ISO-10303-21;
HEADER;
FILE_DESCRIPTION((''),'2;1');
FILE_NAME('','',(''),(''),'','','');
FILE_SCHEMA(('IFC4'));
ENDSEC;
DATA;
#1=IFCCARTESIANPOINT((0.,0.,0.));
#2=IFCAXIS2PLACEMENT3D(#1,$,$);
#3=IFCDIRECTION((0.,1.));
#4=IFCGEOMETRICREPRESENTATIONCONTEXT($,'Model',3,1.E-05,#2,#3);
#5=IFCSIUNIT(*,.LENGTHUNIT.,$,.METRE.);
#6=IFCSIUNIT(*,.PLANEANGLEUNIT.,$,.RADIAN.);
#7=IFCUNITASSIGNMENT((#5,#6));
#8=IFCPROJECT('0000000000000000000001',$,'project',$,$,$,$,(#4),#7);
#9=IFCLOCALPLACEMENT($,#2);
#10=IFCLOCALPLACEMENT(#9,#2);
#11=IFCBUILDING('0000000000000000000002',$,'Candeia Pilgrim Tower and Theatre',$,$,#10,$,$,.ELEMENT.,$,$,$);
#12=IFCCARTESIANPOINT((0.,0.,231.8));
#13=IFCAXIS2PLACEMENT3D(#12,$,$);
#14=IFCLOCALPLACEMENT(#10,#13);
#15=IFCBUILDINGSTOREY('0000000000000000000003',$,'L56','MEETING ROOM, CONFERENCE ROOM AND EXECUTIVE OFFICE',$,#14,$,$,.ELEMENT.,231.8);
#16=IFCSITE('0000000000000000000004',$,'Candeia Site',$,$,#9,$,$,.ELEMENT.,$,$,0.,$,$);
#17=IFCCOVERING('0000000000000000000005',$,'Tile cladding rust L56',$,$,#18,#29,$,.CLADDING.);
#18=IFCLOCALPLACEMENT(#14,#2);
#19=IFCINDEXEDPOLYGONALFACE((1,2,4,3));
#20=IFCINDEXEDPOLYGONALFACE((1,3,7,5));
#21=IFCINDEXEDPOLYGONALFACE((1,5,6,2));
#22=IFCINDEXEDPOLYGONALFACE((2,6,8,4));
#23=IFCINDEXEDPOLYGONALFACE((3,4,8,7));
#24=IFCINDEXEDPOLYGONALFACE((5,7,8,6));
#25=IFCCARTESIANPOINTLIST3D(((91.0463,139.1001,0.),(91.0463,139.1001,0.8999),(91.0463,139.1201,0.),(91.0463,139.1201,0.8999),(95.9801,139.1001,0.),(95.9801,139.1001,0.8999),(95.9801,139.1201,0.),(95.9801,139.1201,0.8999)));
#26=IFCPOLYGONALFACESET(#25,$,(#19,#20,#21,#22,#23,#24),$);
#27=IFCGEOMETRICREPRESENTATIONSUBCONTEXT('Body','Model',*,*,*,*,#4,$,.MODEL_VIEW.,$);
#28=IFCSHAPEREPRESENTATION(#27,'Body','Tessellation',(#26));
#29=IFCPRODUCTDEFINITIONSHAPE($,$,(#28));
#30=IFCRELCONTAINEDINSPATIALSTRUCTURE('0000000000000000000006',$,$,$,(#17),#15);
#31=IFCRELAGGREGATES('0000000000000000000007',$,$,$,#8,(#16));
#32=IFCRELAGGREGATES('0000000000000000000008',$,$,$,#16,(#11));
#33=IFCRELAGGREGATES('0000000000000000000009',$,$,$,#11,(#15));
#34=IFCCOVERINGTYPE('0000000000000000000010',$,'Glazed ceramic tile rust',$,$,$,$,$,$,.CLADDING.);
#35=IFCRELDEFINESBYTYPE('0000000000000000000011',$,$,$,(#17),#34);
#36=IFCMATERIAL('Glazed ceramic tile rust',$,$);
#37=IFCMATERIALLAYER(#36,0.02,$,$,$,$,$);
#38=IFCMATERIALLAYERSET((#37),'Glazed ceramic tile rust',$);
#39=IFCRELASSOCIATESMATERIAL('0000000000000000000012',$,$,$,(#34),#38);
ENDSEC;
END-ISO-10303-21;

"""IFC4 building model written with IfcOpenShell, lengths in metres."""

from ifc_helpers import new_model, si_unit, direction, frame, origin, origin_2d, place, context, subcontext, project, spatial, rectangle, extrude, material, layer, layer_set, type_object, element, save


model = new_model("IFC4")

# Units and contexts
model_context = context("Model", 3, precision=1e-05, world=origin(), true_north=direction((0.0, 1.0)))
body_context = subcontext(model_context, "Body", "Model", "MODEL_VIEW")
ifc_project = project(units=[si_unit("LENGTHUNIT", "METRE"), si_unit("PLANEANGLEUNIT", "RADIAN")], contexts=[model_context])

# Site, building, storey
site_placement = place(None, origin())
site = spatial("IfcSite", under=ifc_project, at=site_placement, Name="Candeia Site", CompositionType="ELEMENT", RefElevation=0.0)
building_placement = place(site_placement, origin())
building = spatial("IfcBuilding", under=site, at=building_placement, Name="Candeia Pilgrim Tower and Theatre", CompositionType="ELEMENT")
storey_placement = place(building_placement, frame((0.0, 0.0, 231.8)))
storey = spatial("IfcBuildingStorey", under=building, at=storey_placement, Name="L56", Description="MEETING ROOM, CONFERENCE ROOM AND EXECUTIVE OFFICE", CompositionType="ELEMENT", Elevation=231.8)

# Covering
ifc_material_1 = material(Name="Glazed ceramic tile rust")
ifc_layer_1 = layer(ifc_material_1, 0.02)
ifc_layer_set_1 = layer_set([ifc_layer_1], Name="Glazed ceramic tile rust")
covering_type_1 = type_object("IfcCoveringType", Name="Glazed ceramic tile rust", PredefinedType="CLADDING", material=ifc_layer_set_1)
covering_1_placement = place(storey_placement, frame((93.5132, 139.1101, 0.0), z_axis=(0.0, 0.0, 1.0), x_axis=(-1.0, 0.0, 0.0)))
element("IfcCovering", 1, at=covering_1_placement, inside=storey, type_object=covering_type_1, Name="Tile cladding rust L56", PredefinedType="CLADDING", context=body_context, shape_type="SweptSolid", body=[
    extrude(rectangle(XDim=4.9338, YDim=0.02, at=origin_2d()), origin(), (0.0, 0.0, 1.0), 0.8999),
])

save(model, "model.ifc")
